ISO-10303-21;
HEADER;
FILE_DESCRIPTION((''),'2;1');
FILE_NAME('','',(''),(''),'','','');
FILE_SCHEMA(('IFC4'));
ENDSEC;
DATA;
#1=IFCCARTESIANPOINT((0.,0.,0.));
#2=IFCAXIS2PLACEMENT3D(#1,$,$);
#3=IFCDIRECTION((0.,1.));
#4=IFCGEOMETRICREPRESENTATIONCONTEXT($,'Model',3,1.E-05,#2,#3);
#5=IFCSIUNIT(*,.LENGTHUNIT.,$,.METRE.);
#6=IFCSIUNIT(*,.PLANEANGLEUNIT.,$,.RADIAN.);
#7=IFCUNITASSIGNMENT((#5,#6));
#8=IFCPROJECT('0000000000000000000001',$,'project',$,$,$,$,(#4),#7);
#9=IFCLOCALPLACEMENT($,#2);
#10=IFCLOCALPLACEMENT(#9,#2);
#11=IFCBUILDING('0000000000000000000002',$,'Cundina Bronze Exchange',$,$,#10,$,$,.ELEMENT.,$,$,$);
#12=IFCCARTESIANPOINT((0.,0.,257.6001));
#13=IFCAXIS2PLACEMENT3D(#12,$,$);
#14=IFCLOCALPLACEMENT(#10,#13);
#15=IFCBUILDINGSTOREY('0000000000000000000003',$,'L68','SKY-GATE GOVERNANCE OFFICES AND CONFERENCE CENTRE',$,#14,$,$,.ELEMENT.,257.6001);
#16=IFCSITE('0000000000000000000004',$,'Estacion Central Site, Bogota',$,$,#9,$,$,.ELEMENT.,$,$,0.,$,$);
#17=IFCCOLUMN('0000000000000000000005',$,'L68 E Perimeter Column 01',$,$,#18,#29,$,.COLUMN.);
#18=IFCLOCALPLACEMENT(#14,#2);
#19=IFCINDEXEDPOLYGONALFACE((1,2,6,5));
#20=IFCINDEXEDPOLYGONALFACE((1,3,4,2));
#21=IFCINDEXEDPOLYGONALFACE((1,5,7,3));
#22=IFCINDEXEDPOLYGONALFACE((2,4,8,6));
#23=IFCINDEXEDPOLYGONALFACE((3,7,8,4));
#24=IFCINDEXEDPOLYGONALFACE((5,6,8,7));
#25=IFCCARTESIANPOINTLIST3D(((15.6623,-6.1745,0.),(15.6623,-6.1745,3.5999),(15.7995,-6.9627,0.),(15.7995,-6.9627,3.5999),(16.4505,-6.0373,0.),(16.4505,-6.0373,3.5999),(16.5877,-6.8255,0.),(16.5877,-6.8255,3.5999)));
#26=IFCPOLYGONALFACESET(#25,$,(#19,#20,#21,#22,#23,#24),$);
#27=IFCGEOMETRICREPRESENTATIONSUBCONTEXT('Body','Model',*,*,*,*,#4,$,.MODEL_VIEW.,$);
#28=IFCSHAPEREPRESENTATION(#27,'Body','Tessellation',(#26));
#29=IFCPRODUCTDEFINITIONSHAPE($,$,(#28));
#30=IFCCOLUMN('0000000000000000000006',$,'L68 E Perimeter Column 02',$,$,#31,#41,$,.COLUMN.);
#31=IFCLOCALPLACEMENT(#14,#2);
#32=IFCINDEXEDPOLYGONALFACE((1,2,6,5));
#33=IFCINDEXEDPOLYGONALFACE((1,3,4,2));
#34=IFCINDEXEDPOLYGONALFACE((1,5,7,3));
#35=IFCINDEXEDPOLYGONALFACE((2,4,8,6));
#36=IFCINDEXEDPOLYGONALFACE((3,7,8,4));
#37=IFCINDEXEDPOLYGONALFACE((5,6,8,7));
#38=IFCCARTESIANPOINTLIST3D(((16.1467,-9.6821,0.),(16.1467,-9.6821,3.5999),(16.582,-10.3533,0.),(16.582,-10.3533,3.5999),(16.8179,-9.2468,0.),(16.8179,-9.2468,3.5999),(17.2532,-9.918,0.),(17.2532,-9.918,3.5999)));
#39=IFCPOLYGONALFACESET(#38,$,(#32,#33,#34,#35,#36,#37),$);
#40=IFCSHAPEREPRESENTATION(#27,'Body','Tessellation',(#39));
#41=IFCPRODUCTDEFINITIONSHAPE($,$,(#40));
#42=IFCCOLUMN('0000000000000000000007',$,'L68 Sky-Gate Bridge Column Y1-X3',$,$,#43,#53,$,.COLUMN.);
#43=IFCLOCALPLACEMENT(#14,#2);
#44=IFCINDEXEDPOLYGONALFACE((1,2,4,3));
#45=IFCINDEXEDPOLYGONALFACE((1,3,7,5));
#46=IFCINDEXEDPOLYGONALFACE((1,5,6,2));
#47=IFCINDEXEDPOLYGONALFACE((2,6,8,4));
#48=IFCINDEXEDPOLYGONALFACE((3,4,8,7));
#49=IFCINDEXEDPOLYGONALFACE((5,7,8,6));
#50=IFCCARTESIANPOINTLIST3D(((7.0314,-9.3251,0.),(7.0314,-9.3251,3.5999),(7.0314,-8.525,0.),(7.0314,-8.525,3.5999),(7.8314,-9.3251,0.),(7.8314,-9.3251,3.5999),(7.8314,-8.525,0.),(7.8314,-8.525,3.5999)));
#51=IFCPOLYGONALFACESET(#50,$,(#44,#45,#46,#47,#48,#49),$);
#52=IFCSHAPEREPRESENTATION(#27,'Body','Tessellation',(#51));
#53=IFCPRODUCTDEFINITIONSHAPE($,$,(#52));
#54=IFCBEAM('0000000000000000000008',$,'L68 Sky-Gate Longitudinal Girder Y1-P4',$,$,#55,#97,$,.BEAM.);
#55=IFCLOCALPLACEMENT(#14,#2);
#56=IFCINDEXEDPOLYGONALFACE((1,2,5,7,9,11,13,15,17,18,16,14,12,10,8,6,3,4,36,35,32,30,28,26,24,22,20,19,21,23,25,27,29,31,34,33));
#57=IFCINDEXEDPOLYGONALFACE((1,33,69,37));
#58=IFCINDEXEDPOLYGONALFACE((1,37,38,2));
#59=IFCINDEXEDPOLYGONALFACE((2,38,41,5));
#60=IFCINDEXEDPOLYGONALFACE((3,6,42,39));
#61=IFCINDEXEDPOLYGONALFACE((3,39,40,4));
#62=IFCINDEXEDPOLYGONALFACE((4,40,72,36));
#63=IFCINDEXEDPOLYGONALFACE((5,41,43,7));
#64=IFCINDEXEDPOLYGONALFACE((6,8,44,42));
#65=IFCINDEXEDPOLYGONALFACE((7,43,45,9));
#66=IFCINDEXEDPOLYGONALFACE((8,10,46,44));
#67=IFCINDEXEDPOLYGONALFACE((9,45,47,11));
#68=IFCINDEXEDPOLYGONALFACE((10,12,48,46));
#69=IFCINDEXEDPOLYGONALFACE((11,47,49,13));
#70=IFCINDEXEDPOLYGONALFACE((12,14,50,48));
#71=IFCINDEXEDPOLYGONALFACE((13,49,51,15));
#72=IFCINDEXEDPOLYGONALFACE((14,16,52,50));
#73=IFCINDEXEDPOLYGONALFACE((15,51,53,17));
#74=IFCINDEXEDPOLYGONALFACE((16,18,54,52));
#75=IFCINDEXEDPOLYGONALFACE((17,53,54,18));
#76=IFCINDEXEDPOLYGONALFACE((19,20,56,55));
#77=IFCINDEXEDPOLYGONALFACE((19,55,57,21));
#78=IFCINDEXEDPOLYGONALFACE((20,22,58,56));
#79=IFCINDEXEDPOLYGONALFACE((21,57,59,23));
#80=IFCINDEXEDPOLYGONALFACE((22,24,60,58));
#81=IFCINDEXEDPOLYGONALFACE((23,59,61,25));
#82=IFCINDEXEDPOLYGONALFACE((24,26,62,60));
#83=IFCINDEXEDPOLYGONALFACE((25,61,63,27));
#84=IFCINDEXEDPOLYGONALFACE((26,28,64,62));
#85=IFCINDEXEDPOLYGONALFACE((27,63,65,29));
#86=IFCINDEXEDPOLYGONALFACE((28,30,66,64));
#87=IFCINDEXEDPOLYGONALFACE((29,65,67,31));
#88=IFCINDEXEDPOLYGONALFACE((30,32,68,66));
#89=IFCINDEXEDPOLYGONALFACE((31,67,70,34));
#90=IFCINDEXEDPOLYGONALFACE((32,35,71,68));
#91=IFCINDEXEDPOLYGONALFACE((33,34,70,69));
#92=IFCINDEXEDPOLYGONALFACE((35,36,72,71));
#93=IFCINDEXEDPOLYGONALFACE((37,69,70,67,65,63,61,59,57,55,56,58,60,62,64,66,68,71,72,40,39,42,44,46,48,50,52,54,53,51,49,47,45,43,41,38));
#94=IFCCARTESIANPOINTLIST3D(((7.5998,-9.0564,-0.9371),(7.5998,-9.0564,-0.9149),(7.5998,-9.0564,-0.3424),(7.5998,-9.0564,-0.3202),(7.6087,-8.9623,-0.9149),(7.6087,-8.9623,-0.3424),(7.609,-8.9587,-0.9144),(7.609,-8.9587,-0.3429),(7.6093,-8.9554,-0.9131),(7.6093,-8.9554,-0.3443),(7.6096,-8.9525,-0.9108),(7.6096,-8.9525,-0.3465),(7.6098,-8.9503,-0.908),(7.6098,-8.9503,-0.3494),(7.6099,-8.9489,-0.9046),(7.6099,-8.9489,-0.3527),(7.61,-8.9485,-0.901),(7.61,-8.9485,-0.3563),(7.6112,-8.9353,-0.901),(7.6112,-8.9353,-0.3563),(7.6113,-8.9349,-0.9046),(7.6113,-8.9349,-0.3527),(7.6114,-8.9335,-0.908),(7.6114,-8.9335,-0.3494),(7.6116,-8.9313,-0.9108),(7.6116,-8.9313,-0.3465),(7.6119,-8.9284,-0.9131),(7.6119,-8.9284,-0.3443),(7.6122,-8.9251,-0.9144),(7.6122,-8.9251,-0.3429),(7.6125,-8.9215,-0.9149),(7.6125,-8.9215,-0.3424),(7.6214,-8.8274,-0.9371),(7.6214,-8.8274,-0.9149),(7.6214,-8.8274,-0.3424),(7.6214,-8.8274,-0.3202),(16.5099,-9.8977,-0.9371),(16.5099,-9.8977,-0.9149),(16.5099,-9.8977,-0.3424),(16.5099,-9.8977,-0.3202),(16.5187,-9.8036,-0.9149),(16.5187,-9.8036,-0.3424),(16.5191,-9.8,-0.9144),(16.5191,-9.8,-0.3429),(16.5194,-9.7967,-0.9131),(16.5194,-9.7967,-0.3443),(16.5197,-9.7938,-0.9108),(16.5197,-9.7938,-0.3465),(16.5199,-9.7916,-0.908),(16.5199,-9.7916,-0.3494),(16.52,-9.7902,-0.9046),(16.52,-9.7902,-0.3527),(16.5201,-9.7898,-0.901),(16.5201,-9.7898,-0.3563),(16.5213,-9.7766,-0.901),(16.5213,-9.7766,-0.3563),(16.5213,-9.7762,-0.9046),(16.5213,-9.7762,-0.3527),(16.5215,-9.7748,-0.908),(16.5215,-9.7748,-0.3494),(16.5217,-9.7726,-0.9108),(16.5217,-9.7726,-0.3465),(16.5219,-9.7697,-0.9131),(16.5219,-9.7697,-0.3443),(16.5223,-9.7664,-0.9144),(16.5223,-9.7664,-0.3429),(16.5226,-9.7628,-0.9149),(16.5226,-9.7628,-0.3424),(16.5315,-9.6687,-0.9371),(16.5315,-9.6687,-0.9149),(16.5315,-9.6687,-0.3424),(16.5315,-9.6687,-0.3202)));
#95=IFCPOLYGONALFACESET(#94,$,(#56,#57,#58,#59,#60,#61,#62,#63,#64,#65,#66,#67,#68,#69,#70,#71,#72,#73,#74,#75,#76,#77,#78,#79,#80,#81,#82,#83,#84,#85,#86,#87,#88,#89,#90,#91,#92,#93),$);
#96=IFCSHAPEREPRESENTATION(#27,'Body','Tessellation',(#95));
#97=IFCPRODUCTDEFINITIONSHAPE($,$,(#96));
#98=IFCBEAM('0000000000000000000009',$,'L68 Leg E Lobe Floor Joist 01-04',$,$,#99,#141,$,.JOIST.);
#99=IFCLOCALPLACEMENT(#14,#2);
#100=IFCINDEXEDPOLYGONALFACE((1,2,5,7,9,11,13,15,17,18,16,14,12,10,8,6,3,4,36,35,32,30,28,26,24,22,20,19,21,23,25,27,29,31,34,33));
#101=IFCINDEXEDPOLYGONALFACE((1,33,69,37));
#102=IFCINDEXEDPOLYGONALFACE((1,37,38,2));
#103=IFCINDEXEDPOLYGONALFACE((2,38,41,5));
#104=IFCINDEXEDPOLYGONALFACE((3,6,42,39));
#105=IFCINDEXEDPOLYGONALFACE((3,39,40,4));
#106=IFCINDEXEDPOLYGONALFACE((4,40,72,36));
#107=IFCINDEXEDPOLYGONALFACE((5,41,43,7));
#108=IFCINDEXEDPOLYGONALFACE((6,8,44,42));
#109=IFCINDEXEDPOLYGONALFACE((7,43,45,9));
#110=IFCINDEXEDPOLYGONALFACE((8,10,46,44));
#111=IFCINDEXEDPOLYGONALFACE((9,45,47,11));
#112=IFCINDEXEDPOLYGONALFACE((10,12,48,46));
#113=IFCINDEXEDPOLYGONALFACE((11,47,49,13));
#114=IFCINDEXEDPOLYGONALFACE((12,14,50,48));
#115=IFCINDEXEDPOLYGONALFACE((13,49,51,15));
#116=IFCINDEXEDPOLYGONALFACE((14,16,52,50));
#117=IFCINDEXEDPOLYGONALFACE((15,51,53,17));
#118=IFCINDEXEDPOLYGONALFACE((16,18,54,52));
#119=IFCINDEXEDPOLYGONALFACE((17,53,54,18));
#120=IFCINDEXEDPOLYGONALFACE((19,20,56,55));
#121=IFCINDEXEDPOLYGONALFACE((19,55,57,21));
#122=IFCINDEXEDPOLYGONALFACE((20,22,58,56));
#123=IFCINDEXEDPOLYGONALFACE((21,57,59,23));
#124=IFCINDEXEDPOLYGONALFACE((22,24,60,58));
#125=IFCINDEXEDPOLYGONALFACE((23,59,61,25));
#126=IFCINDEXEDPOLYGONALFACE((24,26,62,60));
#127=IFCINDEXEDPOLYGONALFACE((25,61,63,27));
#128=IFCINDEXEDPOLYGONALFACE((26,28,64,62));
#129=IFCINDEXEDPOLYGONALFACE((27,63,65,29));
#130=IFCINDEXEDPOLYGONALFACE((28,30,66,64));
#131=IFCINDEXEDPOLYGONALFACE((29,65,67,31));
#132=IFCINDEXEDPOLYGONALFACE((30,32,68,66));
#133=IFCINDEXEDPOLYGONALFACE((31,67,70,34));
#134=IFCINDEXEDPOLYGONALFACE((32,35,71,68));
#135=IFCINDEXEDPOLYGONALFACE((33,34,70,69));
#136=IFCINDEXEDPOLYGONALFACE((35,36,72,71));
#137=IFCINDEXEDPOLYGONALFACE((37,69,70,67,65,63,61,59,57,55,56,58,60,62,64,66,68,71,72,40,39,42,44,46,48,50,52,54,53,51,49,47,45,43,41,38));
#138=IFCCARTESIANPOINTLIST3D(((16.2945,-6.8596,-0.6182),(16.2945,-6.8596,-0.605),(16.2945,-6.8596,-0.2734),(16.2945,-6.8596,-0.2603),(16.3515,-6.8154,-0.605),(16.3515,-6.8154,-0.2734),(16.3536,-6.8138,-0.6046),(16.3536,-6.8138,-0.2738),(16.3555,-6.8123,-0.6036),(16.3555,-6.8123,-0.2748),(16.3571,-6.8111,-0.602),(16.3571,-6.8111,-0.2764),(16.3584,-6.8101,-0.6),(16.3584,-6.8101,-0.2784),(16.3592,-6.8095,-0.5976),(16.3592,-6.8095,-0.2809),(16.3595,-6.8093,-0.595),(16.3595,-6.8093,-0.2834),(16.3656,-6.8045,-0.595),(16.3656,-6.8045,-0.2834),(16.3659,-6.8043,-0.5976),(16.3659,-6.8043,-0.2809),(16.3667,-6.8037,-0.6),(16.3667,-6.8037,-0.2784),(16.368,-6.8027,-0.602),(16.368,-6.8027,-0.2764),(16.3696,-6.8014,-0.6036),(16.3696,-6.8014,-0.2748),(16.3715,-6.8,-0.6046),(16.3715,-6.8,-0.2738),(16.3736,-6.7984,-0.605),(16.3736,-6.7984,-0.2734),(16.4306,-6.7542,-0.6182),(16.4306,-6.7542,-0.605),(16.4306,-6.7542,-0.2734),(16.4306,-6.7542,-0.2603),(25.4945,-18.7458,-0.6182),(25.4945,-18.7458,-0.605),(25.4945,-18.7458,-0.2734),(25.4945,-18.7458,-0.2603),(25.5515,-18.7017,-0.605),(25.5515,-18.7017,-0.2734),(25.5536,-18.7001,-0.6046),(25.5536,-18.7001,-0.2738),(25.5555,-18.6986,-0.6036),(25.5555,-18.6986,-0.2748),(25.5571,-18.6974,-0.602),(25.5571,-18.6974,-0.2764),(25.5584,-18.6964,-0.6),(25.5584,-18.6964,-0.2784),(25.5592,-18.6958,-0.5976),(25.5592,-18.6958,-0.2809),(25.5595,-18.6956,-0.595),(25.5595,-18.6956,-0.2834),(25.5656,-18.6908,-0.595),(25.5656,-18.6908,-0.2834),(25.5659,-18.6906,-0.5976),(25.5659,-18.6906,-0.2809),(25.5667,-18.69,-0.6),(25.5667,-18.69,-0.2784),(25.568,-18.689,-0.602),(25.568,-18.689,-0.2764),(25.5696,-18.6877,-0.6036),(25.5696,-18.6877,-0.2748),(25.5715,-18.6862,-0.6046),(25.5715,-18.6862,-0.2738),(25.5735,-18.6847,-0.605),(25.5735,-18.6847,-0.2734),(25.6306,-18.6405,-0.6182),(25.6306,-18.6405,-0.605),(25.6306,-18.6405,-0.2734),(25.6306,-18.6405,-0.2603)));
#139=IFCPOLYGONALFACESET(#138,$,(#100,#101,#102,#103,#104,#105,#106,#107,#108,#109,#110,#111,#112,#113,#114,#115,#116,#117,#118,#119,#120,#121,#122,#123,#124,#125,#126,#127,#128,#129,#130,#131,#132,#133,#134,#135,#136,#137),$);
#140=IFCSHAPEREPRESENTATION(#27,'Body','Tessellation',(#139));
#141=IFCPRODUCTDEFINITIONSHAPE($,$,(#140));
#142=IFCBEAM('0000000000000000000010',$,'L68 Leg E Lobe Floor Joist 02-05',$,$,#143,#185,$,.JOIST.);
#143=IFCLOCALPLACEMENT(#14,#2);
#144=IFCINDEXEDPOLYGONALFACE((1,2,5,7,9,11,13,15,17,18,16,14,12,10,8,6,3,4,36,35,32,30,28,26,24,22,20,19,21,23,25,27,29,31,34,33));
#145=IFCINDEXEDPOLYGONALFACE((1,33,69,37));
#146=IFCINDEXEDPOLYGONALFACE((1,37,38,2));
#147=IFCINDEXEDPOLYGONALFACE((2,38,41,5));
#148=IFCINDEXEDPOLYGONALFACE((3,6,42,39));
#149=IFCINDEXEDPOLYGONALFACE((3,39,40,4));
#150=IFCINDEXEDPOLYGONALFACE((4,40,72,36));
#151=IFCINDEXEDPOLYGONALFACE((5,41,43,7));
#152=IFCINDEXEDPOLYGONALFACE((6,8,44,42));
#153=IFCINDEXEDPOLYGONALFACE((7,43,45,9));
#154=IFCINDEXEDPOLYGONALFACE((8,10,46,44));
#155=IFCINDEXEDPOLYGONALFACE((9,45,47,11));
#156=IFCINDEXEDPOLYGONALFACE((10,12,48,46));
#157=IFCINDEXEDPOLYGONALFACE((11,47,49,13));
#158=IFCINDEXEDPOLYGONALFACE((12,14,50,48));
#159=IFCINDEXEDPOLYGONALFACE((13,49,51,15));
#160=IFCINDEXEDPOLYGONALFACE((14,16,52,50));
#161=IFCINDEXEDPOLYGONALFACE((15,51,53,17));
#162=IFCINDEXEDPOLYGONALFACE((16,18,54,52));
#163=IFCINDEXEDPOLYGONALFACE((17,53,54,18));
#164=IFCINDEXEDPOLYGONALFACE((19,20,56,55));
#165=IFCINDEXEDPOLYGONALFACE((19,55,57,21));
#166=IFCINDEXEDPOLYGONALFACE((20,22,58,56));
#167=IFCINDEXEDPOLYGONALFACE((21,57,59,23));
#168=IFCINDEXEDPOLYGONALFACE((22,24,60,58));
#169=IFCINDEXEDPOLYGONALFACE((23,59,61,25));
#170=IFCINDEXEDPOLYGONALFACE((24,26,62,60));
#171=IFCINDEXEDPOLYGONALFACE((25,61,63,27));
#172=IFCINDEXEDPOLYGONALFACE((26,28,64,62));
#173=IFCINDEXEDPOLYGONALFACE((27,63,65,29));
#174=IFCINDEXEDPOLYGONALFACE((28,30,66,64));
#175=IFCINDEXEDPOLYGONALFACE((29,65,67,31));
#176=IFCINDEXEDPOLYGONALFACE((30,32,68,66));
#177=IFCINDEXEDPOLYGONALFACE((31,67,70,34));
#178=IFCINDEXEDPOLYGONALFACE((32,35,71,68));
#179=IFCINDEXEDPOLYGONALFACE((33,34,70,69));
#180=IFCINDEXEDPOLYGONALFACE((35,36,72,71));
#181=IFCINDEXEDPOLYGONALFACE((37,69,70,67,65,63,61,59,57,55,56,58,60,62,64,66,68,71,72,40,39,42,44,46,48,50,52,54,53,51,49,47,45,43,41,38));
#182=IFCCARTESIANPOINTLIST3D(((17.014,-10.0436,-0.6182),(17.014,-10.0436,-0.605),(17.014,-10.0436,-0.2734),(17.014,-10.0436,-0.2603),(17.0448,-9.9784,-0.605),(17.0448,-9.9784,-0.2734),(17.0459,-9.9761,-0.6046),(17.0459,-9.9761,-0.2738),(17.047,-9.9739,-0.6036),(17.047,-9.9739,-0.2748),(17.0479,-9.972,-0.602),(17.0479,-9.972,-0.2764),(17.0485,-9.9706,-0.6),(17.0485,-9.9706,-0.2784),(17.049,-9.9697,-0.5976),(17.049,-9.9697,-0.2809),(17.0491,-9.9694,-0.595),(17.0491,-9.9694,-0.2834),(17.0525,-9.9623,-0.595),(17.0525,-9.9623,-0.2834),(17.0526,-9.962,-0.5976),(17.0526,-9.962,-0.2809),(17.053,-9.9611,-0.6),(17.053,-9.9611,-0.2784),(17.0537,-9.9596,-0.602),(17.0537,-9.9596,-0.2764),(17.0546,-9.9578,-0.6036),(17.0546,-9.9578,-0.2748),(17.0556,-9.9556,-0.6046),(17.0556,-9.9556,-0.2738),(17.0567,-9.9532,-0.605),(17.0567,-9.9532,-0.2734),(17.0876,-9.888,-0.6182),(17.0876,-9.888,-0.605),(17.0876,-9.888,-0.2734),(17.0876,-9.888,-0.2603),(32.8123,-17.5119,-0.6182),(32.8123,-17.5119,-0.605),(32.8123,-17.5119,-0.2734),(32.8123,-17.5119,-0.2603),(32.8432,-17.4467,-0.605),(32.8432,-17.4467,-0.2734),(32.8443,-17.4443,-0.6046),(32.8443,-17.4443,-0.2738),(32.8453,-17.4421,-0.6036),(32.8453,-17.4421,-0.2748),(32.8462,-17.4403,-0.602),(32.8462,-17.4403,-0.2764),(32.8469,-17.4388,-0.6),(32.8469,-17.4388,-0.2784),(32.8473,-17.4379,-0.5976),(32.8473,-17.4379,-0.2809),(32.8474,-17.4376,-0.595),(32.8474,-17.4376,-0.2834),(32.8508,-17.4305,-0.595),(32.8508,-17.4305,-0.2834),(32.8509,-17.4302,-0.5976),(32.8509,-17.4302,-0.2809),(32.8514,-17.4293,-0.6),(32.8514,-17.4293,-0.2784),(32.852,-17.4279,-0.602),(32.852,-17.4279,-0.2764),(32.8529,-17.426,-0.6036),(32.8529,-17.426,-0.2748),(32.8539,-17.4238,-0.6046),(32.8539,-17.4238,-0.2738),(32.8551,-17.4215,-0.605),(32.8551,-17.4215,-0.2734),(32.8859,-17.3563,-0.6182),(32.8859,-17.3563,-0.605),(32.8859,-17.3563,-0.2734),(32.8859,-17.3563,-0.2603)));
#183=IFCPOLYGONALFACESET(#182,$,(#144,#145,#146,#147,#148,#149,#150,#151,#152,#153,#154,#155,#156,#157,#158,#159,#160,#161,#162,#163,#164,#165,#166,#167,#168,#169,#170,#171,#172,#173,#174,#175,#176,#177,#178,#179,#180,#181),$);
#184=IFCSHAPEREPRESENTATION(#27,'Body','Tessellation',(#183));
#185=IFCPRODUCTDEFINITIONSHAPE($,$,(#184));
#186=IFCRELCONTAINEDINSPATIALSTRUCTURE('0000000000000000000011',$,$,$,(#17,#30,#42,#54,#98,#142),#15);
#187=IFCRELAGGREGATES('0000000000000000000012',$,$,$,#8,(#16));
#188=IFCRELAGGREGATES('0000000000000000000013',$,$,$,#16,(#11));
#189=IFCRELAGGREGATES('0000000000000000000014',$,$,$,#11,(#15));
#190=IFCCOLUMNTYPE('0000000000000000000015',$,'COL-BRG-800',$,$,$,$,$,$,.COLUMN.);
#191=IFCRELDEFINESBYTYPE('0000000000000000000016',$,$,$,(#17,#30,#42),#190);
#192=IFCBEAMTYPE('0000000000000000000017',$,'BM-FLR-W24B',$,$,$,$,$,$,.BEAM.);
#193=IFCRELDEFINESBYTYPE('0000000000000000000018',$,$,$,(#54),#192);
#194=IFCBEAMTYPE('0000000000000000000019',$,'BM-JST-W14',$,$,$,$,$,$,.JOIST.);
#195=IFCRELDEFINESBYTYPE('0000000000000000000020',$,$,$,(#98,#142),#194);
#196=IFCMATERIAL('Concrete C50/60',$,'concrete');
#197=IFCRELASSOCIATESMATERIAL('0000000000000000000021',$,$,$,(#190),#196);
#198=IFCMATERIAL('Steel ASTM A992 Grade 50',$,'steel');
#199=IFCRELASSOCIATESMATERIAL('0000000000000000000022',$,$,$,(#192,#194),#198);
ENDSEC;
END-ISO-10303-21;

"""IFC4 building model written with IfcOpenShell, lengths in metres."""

from ifc_helpers import new_model, si_unit, direction, frame, origin, origin_2d, place, context, subcontext, project, spatial, rectangle, i_section, extrude, material, material_profile, profile_set, type_object, element, save


model = new_model("IFC4")

# Units and contexts
model_context = context("Model", 3, precision=1e-05, world=origin(), true_north=direction((0.0, 1.0)))
body_context = subcontext(model_context, "Body", "Model", "MODEL_VIEW")
ifc_project = project(units=[si_unit("LENGTHUNIT", "METRE"), si_unit("PLANEANGLEUNIT", "RADIAN")], contexts=[model_context])

# Site, building, storey
site_placement = place(None, origin())
site = spatial("IfcSite", under=ifc_project, at=site_placement, Name="Estacion Central Site, Bogota", CompositionType="ELEMENT", RefElevation=0.0)
building_placement = place(site_placement, origin())
building = spatial("IfcBuilding", under=site, at=building_placement, Name="Cundina Bronze Exchange", CompositionType="ELEMENT")
storey_placement = place(building_placement, frame((0.0, 0.0, 257.6001)))
storey = spatial("IfcBuildingStorey", under=building, at=storey_placement, Name="L68", Description="SKY-GATE GOVERNANCE OFFICES AND CONFERENCE CENTRE", CompositionType="ELEMENT", Elevation=257.6001)

# Columns
ifc_material_1 = material(Name="Concrete C50/60", Category="concrete")
ifc_material_profile_1 = material_profile(ifc_material_1, rectangle(XDim=0.8, YDim=0.8, at=origin_2d()), Name="RC800X800", Category="concrete")
ifc_profile_set_1 = profile_set([ifc_material_profile_1], Name="Concrete C50/60")
column_type = type_object("IfcColumnType", Name="COL-BRG-800", PredefinedType="COLUMN", material=ifc_profile_set_1)
for number, where, z_axis, x_axis, name in (
    (1, (16.125, -6.5, 0.0), (0.0, 0.0, 1.0), (0.171585, -0.985169, 0.0), "L68 E Perimeter Column 01"),
    (2, (16.7, -9.8, 0.0), (0.0, 0.0, 1.0), (0.5442, -0.838956, 0.0), "L68 E Perimeter Column 02"),
    (3, (7.4314, -8.925, 0.0), (0.0, 0.0, 1.0), (1.0, 0.0, 0.0), "L68 Sky-Gate Bridge Column Y1-X3"),
):
    element("IfcColumn", number, at=place(storey_placement, frame(where, z_axis=z_axis, x_axis=x_axis)), inside=storey, type_object=column_type, Name=name, PredefinedType="COLUMN", context=body_context, shape_type="SweptSolid", body=[
        extrude(rectangle(XDim=0.8, YDim=0.8, at=origin_2d()), origin(), (0.0, 0.0, 1.0), 3.5999),
    ])

# Beams
ifc_material_2 = material(Name="Steel ASTM A992 Grade 50", Category="steel")
ifc_material_profile_2 = material_profile(ifc_material_2, i_section(OverallWidth=0.23, OverallDepth=0.6169, WebThickness=0.0132, FlangeThickness=0.0222, FilletRadius=0.0139, at=origin_2d()), Name="W24X94", Category="steel")
ifc_profile_set_2 = profile_set([ifc_material_profile_2], Name="Steel ASTM A992 Grade 50")
beam_type_1 = type_object("IfcBeamType", Name="BM-FLR-W24B", PredefinedType="BEAM", material=ifc_profile_set_2)
beam_1_placement = place(storey_placement, frame((7.6106, -8.9419, -0.6287), z_axis=(0.995572, -0.094003, 0.0), x_axis=(0.094003, 0.995572, 0.0)))
element("IfcBeam", 4, at=beam_1_placement, inside=storey, type_object=beam_type_1, Name="L68 Sky-Gate Longitudinal Girder Y1-P4", PredefinedType="BEAM", context=body_context, shape_type="SweptSolid", body=[
    extrude(i_section(OverallWidth=0.23, OverallDepth=0.6169, WebThickness=0.0132, FlangeThickness=0.0222, FilletRadius=0.0139, at=origin_2d()), origin(), (0.0, 0.0, 1.0), 8.9497),
])
ifc_material_profile_3 = material_profile(ifc_material_2, i_section(OverallWidth=0.1721, OverallDepth=0.3579, WebThickness=0.0078, FlangeThickness=0.0132, FilletRadius=0.01, at=origin_2d()), Name="W14X38", Category="steel")
ifc_profile_set_3 = profile_set([ifc_material_profile_3], Name="Steel ASTM A992 Grade 50")
beam_type_2 = type_object("IfcBeamType", Name="BM-JST-W14", PredefinedType="JOIST", material=ifc_profile_set_3)
beam_2_placement = place(storey_placement, frame((16.3625, -6.8069, -0.4392), z_axis=(0.612078, -0.790798, 0.0), x_axis=(0.790798, 0.612078, 0.0)))
element("IfcBeam", 5, at=beam_2_placement, inside=storey, type_object=beam_type_2, Name="L68 Leg E Lobe Floor Joist 01-04", PredefinedType="JOIST", context=body_context, shape_type="SweptSolid", body=[
    extrude(i_section(OverallWidth=0.1721, OverallDepth=0.3579, WebThickness=0.0078, FlangeThickness=0.0132, FilletRadius=0.01, at=origin_2d()), origin(), (0.0, 0.0, 1.0), 15.0308),
])
beam_3_placement = place(storey_placement, frame((17.0508, -9.9658, -0.4392), z_axis=(0.904073, -0.427378, 0.0), x_axis=(0.427378, 0.904073, 0.0)))
element("IfcBeam", 6, at=beam_3_placement, inside=storey, type_object=beam_type_2, Name="L68 Leg E Lobe Floor Joist 02-05", PredefinedType="JOIST", context=body_context, shape_type="SweptSolid", body=[
    extrude(i_section(OverallWidth=0.1721, OverallDepth=0.3579, WebThickness=0.0078, FlangeThickness=0.0132, FilletRadius=0.01, at=origin_2d()), origin(), (0.0, 0.0, 1.0), 17.4746),
])

save(model, "model.ifc")
